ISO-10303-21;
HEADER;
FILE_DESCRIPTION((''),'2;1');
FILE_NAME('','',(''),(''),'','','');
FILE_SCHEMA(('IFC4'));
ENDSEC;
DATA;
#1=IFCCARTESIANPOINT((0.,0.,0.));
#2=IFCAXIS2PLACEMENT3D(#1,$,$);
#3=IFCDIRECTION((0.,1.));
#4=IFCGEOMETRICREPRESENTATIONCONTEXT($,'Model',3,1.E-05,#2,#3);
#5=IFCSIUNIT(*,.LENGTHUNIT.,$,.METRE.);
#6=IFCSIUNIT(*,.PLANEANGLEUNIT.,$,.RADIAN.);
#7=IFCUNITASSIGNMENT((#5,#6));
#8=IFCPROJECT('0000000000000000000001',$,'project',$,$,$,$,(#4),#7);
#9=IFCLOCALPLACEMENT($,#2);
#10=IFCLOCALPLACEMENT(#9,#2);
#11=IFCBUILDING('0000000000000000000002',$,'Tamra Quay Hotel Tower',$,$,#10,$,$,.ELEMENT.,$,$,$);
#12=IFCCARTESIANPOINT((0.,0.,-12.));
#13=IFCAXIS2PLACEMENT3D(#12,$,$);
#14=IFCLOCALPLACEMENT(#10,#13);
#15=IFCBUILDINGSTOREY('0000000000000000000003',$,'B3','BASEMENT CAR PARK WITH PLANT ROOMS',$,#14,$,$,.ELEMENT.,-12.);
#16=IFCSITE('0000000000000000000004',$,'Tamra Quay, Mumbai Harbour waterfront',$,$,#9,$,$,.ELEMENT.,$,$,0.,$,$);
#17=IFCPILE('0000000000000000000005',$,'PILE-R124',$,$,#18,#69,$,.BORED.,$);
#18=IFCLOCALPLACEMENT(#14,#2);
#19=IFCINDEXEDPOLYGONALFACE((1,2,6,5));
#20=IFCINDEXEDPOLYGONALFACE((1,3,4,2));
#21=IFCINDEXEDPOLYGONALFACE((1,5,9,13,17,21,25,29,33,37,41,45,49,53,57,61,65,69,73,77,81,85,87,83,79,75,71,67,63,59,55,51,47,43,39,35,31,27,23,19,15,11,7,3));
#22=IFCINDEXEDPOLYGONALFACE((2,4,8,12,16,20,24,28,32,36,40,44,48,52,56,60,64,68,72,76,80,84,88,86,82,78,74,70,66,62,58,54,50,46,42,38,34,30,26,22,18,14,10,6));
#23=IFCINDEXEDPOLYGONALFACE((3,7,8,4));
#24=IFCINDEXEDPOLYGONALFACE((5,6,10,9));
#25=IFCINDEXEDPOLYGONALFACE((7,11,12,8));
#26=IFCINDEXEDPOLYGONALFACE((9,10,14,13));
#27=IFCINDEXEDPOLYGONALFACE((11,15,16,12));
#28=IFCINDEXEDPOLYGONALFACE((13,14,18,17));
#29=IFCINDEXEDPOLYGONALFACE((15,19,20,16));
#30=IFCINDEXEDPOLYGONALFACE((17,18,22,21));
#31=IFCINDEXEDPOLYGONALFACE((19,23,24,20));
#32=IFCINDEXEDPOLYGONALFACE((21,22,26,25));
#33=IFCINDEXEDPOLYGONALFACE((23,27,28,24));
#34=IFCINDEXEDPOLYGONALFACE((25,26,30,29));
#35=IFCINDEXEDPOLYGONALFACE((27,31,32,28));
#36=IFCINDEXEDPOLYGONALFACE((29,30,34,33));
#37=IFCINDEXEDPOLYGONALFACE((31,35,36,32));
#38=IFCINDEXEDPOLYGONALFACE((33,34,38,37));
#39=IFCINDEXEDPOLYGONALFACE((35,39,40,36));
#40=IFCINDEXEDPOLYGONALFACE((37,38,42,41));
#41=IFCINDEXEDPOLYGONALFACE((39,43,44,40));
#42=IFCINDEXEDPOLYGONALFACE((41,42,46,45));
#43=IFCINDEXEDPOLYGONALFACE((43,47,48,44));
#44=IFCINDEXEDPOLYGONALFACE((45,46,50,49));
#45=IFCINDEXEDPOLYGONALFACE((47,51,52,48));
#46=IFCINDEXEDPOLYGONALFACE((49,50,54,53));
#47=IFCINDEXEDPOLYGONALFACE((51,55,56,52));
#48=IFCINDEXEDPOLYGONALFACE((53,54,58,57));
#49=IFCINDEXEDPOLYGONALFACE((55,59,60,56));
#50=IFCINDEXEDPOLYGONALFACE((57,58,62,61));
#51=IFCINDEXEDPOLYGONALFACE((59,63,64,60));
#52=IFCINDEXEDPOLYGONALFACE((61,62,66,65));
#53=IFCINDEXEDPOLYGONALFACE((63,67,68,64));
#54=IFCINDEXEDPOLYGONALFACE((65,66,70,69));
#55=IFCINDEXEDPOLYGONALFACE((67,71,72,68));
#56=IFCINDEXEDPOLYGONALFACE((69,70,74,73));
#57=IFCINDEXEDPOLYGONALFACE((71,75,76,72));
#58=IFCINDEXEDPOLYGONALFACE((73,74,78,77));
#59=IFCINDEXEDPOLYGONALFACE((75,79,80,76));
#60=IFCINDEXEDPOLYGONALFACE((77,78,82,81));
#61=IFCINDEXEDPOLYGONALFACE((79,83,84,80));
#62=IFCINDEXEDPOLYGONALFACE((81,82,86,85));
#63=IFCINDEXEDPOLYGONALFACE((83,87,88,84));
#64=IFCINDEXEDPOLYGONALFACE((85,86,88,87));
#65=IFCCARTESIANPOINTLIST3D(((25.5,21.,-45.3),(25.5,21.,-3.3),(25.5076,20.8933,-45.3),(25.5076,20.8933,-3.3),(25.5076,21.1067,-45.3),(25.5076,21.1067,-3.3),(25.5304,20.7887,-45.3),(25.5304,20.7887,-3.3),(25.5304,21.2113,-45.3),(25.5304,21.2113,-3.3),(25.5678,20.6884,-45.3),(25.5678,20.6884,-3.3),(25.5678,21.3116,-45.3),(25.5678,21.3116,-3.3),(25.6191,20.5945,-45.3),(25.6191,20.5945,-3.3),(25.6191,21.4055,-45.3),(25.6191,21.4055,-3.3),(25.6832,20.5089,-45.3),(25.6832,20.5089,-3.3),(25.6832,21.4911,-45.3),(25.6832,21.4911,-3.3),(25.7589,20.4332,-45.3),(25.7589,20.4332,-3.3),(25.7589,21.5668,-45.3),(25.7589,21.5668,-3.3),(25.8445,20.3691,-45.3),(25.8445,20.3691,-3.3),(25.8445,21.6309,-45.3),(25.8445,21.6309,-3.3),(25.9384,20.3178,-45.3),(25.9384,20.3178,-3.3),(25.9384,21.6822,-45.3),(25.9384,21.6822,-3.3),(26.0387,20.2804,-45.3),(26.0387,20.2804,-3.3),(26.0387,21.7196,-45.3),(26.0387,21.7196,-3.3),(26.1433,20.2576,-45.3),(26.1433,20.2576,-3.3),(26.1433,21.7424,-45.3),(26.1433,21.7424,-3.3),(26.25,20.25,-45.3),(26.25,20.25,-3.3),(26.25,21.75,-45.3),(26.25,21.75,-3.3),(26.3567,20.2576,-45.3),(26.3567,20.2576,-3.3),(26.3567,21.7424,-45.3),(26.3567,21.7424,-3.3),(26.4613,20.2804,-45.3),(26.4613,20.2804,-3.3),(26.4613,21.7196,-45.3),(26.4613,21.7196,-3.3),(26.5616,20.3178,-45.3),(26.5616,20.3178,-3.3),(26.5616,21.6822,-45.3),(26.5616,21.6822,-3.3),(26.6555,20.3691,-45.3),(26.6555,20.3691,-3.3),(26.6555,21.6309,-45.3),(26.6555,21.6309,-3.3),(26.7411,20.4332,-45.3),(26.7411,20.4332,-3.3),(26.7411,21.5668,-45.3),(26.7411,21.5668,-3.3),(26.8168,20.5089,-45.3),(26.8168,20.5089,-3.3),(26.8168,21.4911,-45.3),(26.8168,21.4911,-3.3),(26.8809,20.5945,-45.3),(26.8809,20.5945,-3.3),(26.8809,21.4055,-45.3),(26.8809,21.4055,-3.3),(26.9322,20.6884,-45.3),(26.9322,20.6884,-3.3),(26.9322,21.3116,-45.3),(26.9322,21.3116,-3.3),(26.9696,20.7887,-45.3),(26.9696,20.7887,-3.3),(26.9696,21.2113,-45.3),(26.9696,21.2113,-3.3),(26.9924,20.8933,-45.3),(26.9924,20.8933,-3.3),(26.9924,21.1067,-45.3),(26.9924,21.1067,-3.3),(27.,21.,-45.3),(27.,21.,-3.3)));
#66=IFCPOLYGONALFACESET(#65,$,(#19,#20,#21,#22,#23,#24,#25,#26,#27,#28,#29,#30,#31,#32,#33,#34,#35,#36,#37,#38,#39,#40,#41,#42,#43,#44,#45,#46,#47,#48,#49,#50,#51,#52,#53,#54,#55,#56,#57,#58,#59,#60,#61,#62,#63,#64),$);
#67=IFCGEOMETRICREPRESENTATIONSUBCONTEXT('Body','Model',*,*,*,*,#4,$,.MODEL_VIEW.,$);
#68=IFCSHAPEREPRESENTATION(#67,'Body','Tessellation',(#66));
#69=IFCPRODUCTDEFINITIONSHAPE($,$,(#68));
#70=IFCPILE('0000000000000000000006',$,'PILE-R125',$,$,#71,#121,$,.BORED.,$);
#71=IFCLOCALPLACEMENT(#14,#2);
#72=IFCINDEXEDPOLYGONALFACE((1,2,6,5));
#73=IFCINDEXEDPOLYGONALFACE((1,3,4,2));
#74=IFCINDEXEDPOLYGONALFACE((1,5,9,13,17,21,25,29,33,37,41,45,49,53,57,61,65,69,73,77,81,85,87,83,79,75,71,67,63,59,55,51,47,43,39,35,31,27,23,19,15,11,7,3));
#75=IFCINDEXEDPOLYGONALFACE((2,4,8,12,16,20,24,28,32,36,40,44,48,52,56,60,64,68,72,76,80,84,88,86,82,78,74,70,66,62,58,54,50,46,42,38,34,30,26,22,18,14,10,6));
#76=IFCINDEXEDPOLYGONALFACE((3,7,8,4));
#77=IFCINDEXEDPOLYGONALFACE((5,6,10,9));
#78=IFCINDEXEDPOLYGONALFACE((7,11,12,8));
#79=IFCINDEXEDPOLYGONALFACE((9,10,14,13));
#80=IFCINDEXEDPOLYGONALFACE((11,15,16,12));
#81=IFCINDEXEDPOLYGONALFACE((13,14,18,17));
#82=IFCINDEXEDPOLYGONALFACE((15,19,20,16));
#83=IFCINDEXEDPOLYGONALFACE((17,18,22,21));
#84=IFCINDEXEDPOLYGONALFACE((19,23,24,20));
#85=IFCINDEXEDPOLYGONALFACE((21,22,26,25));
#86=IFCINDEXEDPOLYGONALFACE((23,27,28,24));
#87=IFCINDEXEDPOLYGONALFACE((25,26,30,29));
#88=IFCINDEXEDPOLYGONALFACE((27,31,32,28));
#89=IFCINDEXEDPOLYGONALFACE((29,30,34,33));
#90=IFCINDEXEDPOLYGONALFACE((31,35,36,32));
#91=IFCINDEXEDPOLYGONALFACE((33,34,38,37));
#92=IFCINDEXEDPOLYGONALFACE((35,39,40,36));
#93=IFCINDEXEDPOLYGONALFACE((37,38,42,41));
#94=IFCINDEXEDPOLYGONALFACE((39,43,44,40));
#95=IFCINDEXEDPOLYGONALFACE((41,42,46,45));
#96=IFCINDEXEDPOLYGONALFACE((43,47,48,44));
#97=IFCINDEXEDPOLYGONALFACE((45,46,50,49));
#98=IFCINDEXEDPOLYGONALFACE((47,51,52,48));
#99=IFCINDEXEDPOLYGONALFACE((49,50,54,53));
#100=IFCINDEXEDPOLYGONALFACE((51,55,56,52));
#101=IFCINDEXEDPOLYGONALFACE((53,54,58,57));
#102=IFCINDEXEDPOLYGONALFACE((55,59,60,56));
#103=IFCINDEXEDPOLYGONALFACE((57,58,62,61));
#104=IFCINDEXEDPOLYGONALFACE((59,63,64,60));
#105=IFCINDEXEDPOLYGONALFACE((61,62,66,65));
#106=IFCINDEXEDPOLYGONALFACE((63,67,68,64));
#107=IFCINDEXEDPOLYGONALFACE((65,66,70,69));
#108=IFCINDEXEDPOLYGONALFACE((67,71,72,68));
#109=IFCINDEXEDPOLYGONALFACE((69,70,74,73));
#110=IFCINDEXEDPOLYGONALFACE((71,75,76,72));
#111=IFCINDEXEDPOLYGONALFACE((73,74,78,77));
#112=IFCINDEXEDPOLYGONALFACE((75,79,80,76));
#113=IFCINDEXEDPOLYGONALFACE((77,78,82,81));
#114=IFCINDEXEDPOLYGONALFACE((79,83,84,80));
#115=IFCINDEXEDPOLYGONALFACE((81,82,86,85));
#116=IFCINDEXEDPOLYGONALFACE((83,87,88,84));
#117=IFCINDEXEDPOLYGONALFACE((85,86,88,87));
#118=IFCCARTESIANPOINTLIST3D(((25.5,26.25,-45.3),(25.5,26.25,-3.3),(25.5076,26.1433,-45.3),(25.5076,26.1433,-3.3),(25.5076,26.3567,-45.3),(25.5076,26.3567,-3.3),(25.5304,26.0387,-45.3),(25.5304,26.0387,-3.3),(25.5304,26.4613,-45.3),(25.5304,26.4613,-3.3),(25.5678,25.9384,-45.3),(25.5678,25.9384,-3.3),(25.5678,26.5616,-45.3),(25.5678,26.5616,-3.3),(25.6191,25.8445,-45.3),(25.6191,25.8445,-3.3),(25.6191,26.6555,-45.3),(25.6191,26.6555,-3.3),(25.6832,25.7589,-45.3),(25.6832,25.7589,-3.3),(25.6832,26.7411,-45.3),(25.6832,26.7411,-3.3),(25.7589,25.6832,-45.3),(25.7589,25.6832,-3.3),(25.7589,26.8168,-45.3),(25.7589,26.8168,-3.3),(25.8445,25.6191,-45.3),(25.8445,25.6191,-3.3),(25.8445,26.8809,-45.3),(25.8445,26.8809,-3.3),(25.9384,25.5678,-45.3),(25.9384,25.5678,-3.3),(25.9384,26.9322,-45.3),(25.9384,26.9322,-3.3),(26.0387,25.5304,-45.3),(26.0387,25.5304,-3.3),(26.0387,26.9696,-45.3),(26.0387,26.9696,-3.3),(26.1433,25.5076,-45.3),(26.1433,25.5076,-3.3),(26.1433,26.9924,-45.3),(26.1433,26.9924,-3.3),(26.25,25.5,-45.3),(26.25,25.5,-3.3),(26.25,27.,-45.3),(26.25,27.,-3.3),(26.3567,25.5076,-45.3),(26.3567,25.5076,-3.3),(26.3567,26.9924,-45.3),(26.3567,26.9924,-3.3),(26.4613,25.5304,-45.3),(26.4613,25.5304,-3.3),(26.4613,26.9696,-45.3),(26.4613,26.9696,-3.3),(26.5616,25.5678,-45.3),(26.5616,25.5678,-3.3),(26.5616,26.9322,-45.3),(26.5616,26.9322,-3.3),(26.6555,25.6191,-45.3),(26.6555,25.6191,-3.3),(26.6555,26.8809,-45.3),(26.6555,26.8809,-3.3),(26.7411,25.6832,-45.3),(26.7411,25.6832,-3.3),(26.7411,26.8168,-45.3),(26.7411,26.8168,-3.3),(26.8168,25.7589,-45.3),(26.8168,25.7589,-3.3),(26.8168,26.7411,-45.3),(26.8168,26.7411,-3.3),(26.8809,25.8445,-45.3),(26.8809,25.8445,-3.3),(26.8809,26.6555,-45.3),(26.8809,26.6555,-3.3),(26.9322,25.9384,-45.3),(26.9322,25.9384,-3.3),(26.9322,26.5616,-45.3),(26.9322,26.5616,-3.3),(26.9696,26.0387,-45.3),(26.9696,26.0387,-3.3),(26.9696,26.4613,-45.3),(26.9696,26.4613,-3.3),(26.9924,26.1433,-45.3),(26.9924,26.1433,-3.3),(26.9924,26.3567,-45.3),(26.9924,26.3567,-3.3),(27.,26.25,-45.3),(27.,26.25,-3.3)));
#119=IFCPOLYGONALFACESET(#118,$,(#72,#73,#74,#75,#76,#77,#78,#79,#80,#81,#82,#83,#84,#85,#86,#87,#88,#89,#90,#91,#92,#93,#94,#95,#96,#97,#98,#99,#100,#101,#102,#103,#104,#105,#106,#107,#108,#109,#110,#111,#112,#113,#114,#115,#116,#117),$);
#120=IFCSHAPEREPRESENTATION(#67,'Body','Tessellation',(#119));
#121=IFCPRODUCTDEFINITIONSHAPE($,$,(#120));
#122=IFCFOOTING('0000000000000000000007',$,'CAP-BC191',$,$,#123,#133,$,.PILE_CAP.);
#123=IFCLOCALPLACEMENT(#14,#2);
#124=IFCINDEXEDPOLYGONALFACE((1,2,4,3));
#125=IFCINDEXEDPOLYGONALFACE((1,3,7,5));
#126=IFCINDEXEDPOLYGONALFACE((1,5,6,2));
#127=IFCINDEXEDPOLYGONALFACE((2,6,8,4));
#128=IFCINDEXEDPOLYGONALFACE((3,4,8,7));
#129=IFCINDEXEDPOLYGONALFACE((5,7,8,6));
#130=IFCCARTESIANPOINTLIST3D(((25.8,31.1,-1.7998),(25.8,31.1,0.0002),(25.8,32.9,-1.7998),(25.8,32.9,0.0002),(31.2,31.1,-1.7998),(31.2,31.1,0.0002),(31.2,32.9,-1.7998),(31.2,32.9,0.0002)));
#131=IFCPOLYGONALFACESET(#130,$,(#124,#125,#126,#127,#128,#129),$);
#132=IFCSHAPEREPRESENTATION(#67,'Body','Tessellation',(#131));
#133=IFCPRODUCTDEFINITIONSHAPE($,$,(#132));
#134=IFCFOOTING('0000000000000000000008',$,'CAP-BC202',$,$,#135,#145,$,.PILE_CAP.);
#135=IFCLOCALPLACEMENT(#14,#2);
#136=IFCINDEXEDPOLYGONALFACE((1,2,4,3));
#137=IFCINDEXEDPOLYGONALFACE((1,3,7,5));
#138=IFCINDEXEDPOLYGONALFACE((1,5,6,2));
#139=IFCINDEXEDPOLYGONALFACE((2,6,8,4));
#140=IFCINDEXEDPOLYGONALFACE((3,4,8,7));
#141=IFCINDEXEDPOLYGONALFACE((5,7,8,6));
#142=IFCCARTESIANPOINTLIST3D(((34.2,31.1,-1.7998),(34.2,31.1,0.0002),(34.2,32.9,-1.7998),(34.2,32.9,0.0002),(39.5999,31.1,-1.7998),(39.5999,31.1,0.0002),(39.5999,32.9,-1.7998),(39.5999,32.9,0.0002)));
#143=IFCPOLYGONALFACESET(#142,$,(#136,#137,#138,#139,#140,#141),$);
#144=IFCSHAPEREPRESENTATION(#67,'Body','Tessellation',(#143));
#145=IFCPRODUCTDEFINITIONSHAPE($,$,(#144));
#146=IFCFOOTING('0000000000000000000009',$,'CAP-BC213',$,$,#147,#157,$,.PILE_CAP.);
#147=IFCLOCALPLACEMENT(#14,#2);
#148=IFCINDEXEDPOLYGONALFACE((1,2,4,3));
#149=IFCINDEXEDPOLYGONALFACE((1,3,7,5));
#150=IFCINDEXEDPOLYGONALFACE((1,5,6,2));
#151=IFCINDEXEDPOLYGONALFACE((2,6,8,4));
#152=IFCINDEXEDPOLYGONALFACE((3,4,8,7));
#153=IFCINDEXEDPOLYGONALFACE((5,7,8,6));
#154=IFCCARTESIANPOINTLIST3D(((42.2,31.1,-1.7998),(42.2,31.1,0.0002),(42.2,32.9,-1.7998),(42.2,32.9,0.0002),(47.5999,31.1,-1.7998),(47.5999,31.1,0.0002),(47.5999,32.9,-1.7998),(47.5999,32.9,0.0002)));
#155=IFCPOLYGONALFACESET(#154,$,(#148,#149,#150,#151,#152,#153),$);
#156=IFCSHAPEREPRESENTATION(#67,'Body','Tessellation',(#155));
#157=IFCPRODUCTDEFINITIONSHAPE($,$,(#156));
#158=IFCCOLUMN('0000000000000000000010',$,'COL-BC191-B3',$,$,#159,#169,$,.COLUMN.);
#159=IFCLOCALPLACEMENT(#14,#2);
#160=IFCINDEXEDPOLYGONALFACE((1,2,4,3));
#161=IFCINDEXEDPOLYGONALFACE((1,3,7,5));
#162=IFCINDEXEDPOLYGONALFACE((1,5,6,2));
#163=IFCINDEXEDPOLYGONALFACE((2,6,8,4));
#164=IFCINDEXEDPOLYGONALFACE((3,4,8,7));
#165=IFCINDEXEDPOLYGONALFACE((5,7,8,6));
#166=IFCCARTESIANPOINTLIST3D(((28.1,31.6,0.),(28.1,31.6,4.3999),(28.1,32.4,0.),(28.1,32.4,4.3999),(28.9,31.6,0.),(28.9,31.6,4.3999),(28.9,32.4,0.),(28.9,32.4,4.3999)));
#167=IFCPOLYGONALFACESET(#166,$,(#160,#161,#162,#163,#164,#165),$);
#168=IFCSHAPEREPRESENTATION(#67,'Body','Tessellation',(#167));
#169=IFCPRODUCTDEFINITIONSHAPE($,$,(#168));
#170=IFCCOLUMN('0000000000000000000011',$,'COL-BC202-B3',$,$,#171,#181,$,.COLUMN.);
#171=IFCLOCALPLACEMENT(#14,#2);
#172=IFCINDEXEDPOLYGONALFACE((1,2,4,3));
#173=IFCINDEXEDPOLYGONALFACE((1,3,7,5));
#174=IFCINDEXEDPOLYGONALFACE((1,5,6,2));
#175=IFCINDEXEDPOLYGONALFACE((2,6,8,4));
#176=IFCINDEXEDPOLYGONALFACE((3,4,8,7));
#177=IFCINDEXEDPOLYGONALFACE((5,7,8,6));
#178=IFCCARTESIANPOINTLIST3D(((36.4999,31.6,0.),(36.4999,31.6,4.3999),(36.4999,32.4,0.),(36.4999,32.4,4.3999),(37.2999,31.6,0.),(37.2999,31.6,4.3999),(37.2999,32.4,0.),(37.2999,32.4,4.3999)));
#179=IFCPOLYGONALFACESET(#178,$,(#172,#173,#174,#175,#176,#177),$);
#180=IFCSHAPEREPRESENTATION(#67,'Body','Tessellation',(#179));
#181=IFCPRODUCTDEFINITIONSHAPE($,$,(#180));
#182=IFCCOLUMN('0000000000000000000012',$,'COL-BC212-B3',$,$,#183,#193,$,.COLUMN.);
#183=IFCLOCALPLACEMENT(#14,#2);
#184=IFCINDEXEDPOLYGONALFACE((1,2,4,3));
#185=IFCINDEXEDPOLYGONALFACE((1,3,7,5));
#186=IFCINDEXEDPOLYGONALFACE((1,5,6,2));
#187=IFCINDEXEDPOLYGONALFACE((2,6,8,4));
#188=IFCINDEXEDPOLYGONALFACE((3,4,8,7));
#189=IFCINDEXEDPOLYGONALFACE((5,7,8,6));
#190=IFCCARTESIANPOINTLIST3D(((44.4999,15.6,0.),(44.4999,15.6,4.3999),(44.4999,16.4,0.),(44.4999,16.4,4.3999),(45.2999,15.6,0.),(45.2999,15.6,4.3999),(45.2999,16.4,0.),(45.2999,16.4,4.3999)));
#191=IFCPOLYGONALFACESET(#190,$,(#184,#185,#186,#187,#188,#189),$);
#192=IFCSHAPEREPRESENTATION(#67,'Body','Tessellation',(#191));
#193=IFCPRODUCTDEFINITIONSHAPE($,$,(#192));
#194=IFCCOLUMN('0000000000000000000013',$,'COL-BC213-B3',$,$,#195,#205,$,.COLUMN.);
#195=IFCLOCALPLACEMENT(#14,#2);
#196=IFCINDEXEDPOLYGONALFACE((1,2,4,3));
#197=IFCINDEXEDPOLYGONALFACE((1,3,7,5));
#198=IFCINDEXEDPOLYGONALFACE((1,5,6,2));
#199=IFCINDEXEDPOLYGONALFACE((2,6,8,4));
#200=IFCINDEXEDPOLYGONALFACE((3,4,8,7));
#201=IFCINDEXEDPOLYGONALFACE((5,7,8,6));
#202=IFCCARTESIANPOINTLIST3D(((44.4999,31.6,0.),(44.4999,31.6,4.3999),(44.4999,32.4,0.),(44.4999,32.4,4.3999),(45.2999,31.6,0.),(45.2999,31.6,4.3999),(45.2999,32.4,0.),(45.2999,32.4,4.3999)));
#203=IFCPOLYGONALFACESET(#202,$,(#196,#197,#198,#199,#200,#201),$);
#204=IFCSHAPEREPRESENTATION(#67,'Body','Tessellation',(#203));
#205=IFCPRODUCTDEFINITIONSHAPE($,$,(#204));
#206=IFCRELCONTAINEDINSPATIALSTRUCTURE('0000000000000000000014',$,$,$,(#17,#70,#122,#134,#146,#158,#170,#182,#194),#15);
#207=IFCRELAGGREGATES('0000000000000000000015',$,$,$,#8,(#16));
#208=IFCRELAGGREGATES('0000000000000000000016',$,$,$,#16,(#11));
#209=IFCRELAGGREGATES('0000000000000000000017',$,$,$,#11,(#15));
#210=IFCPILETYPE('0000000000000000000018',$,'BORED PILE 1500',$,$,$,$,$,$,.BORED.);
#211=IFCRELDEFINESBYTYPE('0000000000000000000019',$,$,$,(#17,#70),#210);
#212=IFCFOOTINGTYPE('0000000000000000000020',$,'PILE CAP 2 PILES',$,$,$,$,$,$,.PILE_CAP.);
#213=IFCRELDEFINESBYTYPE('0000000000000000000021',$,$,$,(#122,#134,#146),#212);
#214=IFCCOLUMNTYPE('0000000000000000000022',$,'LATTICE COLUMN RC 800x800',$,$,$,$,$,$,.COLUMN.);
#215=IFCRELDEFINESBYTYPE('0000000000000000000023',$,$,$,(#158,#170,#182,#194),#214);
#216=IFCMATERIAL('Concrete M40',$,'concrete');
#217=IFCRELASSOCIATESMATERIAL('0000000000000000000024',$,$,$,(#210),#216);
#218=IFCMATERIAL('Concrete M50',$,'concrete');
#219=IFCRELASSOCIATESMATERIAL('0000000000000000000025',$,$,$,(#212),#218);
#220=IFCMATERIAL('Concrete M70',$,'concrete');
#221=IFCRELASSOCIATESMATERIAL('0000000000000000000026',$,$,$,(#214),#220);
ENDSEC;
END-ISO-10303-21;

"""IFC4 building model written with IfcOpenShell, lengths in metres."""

from ifc_helpers import new_model, si_unit, direction, frame, origin, origin_2d, place, context, subcontext, project, spatial, rectangle, circle, extrude, material, material_profile, profile_set, type_object, element, save


model = new_model("IFC4")

# Units and contexts
model_context = context("Model", 3, precision=1e-05, world=origin(), true_north=direction((0.0, 1.0)))
body_context = subcontext(model_context, "Body", "Model", "MODEL_VIEW")
ifc_project = project(units=[si_unit("LENGTHUNIT", "METRE"), si_unit("PLANEANGLEUNIT", "RADIAN")], contexts=[model_context])

# Site, building, storey
site_placement = place(None, origin())
site = spatial("IfcSite", under=ifc_project, at=site_placement, Name="Tamra Quay, Mumbai Harbour waterfront", CompositionType="ELEMENT", RefElevation=0.0)
building_placement = place(site_placement, origin())
building = spatial("IfcBuilding", under=site, at=building_placement, Name="Tamra Quay Hotel Tower", CompositionType="ELEMENT")
storey_placement = place(building_placement, frame((0.0, 0.0, -12.0)))
storey = spatial("IfcBuildingStorey", under=building, at=storey_placement, Name="B3", Description="BASEMENT CAR PARK WITH PLANT ROOMS", CompositionType="ELEMENT", Elevation=-12.0)

# Piles
ifc_material_1 = material(Name="Concrete M40", Category="concrete")
ifc_material_profile_1 = material_profile(ifc_material_1, circle(Radius=0.75, at=origin_2d()), Name="BORED PILE 1500")
ifc_profile_set_1 = profile_set([ifc_material_profile_1], Name="Concrete M40")
pile_type_1 = type_object("IfcPileType", Name="BORED PILE 1500", PredefinedType="BORED", material=ifc_profile_set_1)
for number, where, z_axis, x_axis, name in (
    (1, (26.25, 21.0, -3.3), (0.0, 0.0, -1.0), (1.0, 0.0, 0.0), "PILE-R124"),
    (2, (26.25, 26.25, -3.3), (0.0, 0.0, -1.0), (1.0, 0.0, 0.0), "PILE-R125"),
):
    element("IfcPile", number, at=place(storey_placement, frame(where, z_axis=z_axis, x_axis=x_axis)), inside=storey, type_object=pile_type_1, Name=name, PredefinedType="BORED", context=body_context, shape_type="SweptSolid", body=[
        extrude(circle(Radius=0.75, at=origin_2d()), origin(), (0.0, 0.0, 1.0), 42.0),
    ])

# Footings
ifc_material_2 = material(Name="Concrete M50", Category="concrete")
footing_type = type_object("IfcFootingType", Name="PILE CAP 2 PILES", PredefinedType="PILE_CAP", material=ifc_material_2)
for number, where, z_axis, x_axis, name in (
    (3, (28.5, 32.0, -1.7998), (0.0, 0.0, 1.0), (1.0, 0.0, 0.0), "CAP-BC191"),
    (4, (36.8999, 32.0, -1.7998), (0.0, 0.0, 1.0), (1.0, 0.0, 0.0), "CAP-BC202"),
    (5, (44.8999, 32.0, -1.7998), (0.0, 0.0, 1.0), (1.0, 0.0, 0.0), "CAP-BC213"),
):
    element("IfcFooting", number, at=place(storey_placement, frame(where, z_axis=z_axis, x_axis=x_axis)), inside=storey, type_object=footing_type, Name=name, PredefinedType="PILE_CAP", context=body_context, shape_type="SweptSolid", body=[
        extrude(rectangle(XDim=5.3999, YDim=1.8, at=origin_2d()), origin(), (0.0, 0.0, 1.0), 1.8),
    ])

# Columns
ifc_material_3 = material(Name="Concrete M70", Category="concrete")
ifc_material_profile_2 = material_profile(ifc_material_3, rectangle(XDim=0.8, YDim=0.8, at=origin_2d()), Name="LATTICE COLUMN RC 800x800")
ifc_profile_set_2 = profile_set([ifc_material_profile_2], Name="Concrete M70")
column_type = type_object("IfcColumnType", Name="LATTICE COLUMN RC 800x800", PredefinedType="COLUMN", material=ifc_profile_set_2)
for number, where, z_axis, x_axis, name in (
    (6, (28.5, 32.0, 0.0), (0.0, 0.0, 1.0), (1.0, 0.0, 0.0), "COL-BC191-B3"),
    (7, (36.8999, 32.0, 0.0), (0.0, 0.0, 1.0), (1.0, 0.0, 0.0), "COL-BC202-B3"),
    (8, (44.8999, 16.0, 0.0), (0.0, 0.0, 1.0), (1.0, 0.0, 0.0), "COL-BC212-B3"),
    (9, (44.8999, 32.0, 0.0), (0.0, 0.0, 1.0), (1.0, 0.0, 0.0), "COL-BC213-B3"),
):
    element("IfcColumn", number, at=place(storey_placement, frame(where, z_axis=z_axis, x_axis=x_axis)), inside=storey, type_object=column_type, Name=name, PredefinedType="COLUMN", context=body_context, shape_type="SweptSolid", body=[
        extrude(rectangle(XDim=0.8, YDim=0.8, at=origin_2d()), origin(), (0.0, 0.0, 1.0), 4.3999),
    ])

save(model, "model.ifc")
